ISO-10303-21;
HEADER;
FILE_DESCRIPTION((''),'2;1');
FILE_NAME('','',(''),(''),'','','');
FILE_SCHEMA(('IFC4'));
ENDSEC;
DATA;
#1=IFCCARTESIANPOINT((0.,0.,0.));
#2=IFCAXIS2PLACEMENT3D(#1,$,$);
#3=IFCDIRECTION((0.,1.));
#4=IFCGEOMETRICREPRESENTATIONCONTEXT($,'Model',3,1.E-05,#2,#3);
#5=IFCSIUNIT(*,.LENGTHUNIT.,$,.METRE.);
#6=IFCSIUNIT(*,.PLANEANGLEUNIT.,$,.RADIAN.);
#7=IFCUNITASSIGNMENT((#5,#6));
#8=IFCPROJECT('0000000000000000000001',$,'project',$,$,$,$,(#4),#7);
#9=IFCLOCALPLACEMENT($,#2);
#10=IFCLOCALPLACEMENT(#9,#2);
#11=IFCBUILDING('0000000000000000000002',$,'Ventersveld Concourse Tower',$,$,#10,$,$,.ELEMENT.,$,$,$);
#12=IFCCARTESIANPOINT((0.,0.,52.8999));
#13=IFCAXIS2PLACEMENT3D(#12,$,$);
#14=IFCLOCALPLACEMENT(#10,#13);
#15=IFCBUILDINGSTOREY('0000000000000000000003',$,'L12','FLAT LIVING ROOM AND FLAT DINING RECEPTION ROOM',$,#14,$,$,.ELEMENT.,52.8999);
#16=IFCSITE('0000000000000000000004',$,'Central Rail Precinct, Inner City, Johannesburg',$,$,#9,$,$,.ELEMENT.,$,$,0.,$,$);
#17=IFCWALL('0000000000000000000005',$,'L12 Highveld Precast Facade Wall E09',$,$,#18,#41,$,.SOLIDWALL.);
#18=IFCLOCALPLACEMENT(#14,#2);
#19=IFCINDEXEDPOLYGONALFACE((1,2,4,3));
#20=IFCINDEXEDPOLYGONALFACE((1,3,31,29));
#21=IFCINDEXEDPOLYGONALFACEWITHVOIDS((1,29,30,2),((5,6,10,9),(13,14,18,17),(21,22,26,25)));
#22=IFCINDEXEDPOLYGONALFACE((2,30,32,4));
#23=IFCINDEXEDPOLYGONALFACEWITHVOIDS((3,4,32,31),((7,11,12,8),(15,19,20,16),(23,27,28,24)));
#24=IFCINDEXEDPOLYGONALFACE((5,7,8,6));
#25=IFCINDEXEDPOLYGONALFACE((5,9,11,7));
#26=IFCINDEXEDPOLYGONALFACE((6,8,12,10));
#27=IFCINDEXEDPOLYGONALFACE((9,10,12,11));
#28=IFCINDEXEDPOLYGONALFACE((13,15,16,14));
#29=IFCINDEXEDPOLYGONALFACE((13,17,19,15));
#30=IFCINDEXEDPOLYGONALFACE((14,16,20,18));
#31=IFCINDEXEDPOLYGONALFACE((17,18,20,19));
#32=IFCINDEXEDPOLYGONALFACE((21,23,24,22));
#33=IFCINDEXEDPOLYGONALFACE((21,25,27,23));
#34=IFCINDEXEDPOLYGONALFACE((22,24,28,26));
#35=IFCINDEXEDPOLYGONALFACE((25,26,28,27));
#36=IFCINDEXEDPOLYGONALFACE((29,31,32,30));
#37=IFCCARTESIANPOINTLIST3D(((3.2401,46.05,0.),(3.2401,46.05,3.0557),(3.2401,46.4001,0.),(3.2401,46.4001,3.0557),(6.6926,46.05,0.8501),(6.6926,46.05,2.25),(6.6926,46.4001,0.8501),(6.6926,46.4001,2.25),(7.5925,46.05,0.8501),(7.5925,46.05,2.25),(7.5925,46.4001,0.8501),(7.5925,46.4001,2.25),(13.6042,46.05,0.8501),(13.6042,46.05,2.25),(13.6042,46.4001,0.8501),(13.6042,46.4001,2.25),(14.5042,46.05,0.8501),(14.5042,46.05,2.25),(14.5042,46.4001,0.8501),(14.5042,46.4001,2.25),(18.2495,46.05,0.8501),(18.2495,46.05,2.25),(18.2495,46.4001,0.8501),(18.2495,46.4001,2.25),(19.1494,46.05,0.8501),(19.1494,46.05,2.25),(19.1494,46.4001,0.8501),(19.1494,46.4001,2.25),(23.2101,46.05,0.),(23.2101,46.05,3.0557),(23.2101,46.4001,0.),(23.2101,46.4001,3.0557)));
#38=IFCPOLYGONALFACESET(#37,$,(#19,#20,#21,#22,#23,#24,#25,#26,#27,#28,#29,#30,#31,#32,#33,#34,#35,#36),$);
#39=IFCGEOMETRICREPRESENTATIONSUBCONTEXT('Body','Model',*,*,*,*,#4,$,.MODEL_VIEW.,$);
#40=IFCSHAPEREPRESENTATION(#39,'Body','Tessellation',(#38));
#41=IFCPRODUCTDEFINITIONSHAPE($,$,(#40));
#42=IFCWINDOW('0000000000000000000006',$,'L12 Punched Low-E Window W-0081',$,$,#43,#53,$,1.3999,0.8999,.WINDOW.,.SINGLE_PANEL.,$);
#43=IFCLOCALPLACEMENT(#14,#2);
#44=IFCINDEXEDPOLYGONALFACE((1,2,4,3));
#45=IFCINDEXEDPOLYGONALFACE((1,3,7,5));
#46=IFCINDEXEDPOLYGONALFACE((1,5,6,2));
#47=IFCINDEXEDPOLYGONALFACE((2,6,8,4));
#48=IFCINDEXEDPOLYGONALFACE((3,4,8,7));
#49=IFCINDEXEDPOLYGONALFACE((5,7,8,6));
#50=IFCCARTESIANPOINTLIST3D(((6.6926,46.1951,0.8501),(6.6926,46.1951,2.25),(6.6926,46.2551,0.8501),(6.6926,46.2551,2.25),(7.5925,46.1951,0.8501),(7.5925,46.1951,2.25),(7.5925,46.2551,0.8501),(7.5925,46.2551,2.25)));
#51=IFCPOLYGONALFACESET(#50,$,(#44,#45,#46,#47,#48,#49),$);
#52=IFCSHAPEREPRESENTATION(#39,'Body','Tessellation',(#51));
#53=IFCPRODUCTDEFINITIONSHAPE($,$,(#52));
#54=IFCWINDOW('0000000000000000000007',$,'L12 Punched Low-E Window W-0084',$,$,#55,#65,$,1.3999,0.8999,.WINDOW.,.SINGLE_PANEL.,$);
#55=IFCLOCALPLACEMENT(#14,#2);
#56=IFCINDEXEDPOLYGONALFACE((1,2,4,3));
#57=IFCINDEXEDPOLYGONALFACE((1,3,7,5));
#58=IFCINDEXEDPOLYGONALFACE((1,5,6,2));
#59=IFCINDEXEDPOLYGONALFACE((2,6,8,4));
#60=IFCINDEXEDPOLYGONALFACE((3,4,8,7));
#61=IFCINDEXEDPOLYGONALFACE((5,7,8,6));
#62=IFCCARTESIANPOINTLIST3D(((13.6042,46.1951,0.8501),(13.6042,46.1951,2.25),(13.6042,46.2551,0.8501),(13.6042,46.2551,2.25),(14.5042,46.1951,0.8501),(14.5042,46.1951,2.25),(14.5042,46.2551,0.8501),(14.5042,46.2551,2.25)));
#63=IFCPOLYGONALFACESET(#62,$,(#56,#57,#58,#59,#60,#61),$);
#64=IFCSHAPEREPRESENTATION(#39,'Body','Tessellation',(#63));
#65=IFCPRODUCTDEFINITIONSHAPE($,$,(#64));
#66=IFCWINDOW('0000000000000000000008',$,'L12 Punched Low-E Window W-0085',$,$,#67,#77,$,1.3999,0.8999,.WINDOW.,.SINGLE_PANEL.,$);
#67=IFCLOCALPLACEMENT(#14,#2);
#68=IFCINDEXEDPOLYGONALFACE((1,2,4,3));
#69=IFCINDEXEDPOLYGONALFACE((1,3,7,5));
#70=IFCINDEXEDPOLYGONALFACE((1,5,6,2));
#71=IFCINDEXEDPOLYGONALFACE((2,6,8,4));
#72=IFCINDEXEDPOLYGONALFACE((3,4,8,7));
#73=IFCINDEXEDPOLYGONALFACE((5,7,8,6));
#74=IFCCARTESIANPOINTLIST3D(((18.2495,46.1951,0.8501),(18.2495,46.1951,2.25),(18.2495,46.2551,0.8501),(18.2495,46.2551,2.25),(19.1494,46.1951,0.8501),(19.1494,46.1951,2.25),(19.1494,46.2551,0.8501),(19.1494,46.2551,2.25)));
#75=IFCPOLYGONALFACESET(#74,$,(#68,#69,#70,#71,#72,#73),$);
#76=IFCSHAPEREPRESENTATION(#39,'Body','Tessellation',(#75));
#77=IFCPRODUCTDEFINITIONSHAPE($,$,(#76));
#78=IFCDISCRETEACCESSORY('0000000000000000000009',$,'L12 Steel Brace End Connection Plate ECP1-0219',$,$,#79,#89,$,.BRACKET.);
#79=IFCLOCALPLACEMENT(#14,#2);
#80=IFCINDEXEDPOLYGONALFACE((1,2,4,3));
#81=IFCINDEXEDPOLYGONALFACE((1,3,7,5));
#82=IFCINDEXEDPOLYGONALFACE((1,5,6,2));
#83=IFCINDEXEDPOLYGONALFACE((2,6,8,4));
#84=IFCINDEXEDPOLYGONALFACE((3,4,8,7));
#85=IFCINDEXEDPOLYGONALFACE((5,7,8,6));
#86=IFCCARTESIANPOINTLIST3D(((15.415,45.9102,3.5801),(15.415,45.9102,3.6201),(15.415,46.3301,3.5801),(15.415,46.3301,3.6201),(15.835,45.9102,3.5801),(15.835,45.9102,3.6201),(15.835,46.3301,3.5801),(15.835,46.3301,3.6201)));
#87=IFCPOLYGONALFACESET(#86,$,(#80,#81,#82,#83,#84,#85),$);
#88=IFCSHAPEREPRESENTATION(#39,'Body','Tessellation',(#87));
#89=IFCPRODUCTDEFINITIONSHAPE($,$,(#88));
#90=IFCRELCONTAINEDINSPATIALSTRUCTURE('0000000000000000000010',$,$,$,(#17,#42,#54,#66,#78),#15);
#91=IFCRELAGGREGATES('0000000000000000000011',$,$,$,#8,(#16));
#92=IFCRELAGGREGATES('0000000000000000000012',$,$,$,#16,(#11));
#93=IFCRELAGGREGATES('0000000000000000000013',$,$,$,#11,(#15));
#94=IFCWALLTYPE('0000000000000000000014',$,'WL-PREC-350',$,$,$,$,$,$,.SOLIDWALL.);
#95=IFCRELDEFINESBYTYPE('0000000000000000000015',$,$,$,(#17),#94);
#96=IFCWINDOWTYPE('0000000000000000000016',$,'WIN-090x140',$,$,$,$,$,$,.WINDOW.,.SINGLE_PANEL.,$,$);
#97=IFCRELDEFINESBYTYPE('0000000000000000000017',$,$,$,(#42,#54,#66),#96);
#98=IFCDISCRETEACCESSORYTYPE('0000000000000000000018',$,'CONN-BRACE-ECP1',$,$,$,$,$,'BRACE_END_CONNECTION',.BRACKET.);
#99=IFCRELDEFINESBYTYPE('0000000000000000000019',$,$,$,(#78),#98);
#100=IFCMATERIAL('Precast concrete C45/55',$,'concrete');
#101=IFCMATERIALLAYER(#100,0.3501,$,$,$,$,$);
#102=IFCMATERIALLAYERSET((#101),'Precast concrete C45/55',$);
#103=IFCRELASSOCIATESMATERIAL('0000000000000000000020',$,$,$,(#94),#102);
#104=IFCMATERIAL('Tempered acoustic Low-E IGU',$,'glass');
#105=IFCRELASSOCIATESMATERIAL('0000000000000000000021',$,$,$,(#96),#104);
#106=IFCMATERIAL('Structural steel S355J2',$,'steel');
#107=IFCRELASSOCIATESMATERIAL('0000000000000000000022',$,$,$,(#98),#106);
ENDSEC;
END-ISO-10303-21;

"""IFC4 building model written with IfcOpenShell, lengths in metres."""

from ifc_helpers import new_model, si_unit, direction, frame, frame_2d, origin, origin_2d, place, context, subcontext, project, spatial, rectangle, extrude, material, layer, layer_set, type_object, element, fill, save


model = new_model("IFC4")

# Units and contexts
model_context = context("Model", 3, precision=1e-05, world=origin(), true_north=direction((0.0, 1.0)))
body_context = subcontext(model_context, "Body", "Model", "MODEL_VIEW")
ifc_project = project(units=[si_unit("LENGTHUNIT", "METRE"), si_unit("PLANEANGLEUNIT", "RADIAN")], contexts=[model_context])

# Site, building, storey
site_placement = place(None, origin())
site = spatial("IfcSite", under=ifc_project, at=site_placement, Name="Central Rail Precinct, Inner City, Johannesburg", CompositionType="ELEMENT", RefElevation=0.0)
building_placement = place(site_placement, origin())
building = spatial("IfcBuilding", under=site, at=building_placement, Name="Ventersveld Concourse Tower", CompositionType="ELEMENT")
storey_placement = place(building_placement, frame((0.0, 0.0, 52.8999)))
storey = spatial("IfcBuildingStorey", under=building, at=storey_placement, Name="L12", Description="FLAT LIVING ROOM AND FLAT DINING RECEPTION ROOM", CompositionType="ELEMENT", Elevation=52.8999)

# Shared definitions
ifc_material_1 = material(Name="Structural steel S355J2", Category="steel")

# Shared definitions
ifc_material_2 = material(Name="Precast concrete C45/55", Category="concrete")
ifc_layer_1 = layer(ifc_material_2, 0.3501)
ifc_layer_set_1 = layer_set([ifc_layer_1], Name="Precast concrete C45/55")
wall_type_1 = type_object("IfcWallType", Name="WL-PREC-350", PredefinedType="SOLIDWALL", material=ifc_layer_set_1)
ifc_material_3 = material(Name="Tempered acoustic Low-E IGU", Category="glass")

# Wall, openings, windows
wall_1_placement = place(storey_placement, frame((23.21, 46.2251, 0.0), z_axis=(0.0, 0.0, 1.0), x_axis=(-1.0, 0.0, 0.0)))
wall_1 = element("IfcWall", 1, at=wall_1_placement, inside=storey, type_object=wall_type_1, Name="L12 Highveld Precast Facade Wall E09", PredefinedType="SOLIDWALL", context=body_context, shape_type="SweptSolid", body=[
    extrude(rectangle(XDim=19.97, YDim=0.3501, at=frame_2d((9.9849, 0.0))), origin(), (0.0, 0.0, 1.0), 3.0557),
])
opening_1_placement = place(wall_1_placement, frame((15.6174, 0.0, 0.8501)))
opening_1 = element("IfcOpeningElement", 2, at=opening_1_placement, cuts=wall_1, PredefinedType="OPENING", context=body_context, shape_type="SweptSolid", body=[
    extrude(rectangle(XDim=0.8999, YDim=1.3999, at=frame_2d((0.45, 0.7))), frame((0.0, 0.1851, 0.0), z_axis=(0.0, -1.0, 0.0), x_axis=(1.0, 0.0, 0.0)), (0.0, 0.0, 1.0), 0.3701),
])
opening_2_placement = place(wall_1_placement, frame((8.7058, 0.0, 0.8501)))
opening_2 = element("IfcOpeningElement", 3, at=opening_2_placement, cuts=wall_1, PredefinedType="OPENING", context=body_context, shape_type="SweptSolid", body=[
    extrude(rectangle(XDim=0.8999, YDim=1.3999, at=frame_2d((0.45, 0.7))), frame((0.0, 0.1851, 0.0), z_axis=(0.0, -1.0, 0.0), x_axis=(1.0, 0.0, 0.0)), (0.0, 0.0, 1.0), 0.3701),
])
opening_3_placement = place(wall_1_placement, frame((4.0605, 0.0, 0.8501)))
opening_3 = element("IfcOpeningElement", 4, at=opening_3_placement, cuts=wall_1, PredefinedType="OPENING", context=body_context, shape_type="SweptSolid", body=[
    extrude(rectangle(XDim=0.8999, YDim=1.3999, at=frame_2d((0.45, 0.7))), frame((0.0, 0.1851, 0.0), z_axis=(0.0, -1.0, 0.0), x_axis=(1.0, 0.0, 0.0)), (0.0, 0.0, 1.0), 0.3701),
])
window_type_1 = type_object("IfcWindowType", Name="WIN-090x140", PartitioningType="SINGLE_PANEL", PredefinedType="WINDOW", material=ifc_material_3)
window_1_placement = place(opening_1_placement, origin())
window_1 = element("IfcWindow", 5, at=window_1_placement, inside=storey, type_object=window_type_1, Name="L12 Punched Low-E Window W-0081", OverallHeight=1.3999, OverallWidth=0.8999, PartitioningType="SINGLE_PANEL", PredefinedType="WINDOW", context=body_context, shape_type="SweptSolid", body=[
    extrude(rectangle(XDim=0.8999, YDim=1.3999, at=frame_2d((0.45, 0.7))), frame((0.0, 0.03, 0.0), z_axis=(0.0, -1.0, 0.0), x_axis=(1.0, 0.0, 0.0)), (0.0, 0.0, 1.0), 0.0601),
])
fill(opening_1, window_1)
window_2_placement = place(opening_2_placement, origin())
window_2 = element("IfcWindow", 6, at=window_2_placement, inside=storey, type_object=window_type_1, Name="L12 Punched Low-E Window W-0084", OverallHeight=1.3999, OverallWidth=0.8999, PartitioningType="SINGLE_PANEL", PredefinedType="WINDOW", context=body_context, shape_type="SweptSolid", body=[
    extrude(rectangle(XDim=0.8999, YDim=1.3999, at=frame_2d((0.45, 0.7))), frame((0.0, 0.03, 0.0), z_axis=(0.0, -1.0, 0.0), x_axis=(1.0, 0.0, 0.0)), (0.0, 0.0, 1.0), 0.0601),
])
fill(opening_2, window_2)
window_3_placement = place(opening_3_placement, origin())
window_3 = element("IfcWindow", 7, at=window_3_placement, inside=storey, type_object=window_type_1, Name="L12 Punched Low-E Window W-0085", OverallHeight=1.3999, OverallWidth=0.8999, PartitioningType="SINGLE_PANEL", PredefinedType="WINDOW", context=body_context, shape_type="SweptSolid", body=[
    extrude(rectangle(XDim=0.8999, YDim=1.3999, at=frame_2d((0.45, 0.7))), frame((0.0, 0.03, 0.0), z_axis=(0.0, -1.0, 0.0), x_axis=(1.0, 0.0, 0.0)), (0.0, 0.0, 1.0), 0.0601),
])
fill(opening_3, window_3)

# Discrete accessory
discrete_accessory_type = type_object("IfcDiscreteAccessoryType", Name="CONN-BRACE-ECP1", ElementType="BRACE_END_CONNECTION", PredefinedType="BRACKET", material=ifc_material_1)
discrete_accessory_placement = place(storey_placement, frame((15.625, 46.1201, 3.5801), z_axis=(0.0, 0.0, 1.0), x_axis=(1.0, 0.0, 0.0)))
element("IfcDiscreteAccessory", 8, at=discrete_accessory_placement, inside=storey, type_object=discrete_accessory_type, Name="L12 Steel Brace End Connection Plate ECP1-0219", PredefinedType="BRACKET", context=body_context, shape_type="SweptSolid", body=[
    extrude(rectangle(XDim=0.4199, YDim=0.4199, at=origin_2d()), origin(), (0.0, 0.0, 1.0), 0.04),
])

save(model, "model.ifc")
